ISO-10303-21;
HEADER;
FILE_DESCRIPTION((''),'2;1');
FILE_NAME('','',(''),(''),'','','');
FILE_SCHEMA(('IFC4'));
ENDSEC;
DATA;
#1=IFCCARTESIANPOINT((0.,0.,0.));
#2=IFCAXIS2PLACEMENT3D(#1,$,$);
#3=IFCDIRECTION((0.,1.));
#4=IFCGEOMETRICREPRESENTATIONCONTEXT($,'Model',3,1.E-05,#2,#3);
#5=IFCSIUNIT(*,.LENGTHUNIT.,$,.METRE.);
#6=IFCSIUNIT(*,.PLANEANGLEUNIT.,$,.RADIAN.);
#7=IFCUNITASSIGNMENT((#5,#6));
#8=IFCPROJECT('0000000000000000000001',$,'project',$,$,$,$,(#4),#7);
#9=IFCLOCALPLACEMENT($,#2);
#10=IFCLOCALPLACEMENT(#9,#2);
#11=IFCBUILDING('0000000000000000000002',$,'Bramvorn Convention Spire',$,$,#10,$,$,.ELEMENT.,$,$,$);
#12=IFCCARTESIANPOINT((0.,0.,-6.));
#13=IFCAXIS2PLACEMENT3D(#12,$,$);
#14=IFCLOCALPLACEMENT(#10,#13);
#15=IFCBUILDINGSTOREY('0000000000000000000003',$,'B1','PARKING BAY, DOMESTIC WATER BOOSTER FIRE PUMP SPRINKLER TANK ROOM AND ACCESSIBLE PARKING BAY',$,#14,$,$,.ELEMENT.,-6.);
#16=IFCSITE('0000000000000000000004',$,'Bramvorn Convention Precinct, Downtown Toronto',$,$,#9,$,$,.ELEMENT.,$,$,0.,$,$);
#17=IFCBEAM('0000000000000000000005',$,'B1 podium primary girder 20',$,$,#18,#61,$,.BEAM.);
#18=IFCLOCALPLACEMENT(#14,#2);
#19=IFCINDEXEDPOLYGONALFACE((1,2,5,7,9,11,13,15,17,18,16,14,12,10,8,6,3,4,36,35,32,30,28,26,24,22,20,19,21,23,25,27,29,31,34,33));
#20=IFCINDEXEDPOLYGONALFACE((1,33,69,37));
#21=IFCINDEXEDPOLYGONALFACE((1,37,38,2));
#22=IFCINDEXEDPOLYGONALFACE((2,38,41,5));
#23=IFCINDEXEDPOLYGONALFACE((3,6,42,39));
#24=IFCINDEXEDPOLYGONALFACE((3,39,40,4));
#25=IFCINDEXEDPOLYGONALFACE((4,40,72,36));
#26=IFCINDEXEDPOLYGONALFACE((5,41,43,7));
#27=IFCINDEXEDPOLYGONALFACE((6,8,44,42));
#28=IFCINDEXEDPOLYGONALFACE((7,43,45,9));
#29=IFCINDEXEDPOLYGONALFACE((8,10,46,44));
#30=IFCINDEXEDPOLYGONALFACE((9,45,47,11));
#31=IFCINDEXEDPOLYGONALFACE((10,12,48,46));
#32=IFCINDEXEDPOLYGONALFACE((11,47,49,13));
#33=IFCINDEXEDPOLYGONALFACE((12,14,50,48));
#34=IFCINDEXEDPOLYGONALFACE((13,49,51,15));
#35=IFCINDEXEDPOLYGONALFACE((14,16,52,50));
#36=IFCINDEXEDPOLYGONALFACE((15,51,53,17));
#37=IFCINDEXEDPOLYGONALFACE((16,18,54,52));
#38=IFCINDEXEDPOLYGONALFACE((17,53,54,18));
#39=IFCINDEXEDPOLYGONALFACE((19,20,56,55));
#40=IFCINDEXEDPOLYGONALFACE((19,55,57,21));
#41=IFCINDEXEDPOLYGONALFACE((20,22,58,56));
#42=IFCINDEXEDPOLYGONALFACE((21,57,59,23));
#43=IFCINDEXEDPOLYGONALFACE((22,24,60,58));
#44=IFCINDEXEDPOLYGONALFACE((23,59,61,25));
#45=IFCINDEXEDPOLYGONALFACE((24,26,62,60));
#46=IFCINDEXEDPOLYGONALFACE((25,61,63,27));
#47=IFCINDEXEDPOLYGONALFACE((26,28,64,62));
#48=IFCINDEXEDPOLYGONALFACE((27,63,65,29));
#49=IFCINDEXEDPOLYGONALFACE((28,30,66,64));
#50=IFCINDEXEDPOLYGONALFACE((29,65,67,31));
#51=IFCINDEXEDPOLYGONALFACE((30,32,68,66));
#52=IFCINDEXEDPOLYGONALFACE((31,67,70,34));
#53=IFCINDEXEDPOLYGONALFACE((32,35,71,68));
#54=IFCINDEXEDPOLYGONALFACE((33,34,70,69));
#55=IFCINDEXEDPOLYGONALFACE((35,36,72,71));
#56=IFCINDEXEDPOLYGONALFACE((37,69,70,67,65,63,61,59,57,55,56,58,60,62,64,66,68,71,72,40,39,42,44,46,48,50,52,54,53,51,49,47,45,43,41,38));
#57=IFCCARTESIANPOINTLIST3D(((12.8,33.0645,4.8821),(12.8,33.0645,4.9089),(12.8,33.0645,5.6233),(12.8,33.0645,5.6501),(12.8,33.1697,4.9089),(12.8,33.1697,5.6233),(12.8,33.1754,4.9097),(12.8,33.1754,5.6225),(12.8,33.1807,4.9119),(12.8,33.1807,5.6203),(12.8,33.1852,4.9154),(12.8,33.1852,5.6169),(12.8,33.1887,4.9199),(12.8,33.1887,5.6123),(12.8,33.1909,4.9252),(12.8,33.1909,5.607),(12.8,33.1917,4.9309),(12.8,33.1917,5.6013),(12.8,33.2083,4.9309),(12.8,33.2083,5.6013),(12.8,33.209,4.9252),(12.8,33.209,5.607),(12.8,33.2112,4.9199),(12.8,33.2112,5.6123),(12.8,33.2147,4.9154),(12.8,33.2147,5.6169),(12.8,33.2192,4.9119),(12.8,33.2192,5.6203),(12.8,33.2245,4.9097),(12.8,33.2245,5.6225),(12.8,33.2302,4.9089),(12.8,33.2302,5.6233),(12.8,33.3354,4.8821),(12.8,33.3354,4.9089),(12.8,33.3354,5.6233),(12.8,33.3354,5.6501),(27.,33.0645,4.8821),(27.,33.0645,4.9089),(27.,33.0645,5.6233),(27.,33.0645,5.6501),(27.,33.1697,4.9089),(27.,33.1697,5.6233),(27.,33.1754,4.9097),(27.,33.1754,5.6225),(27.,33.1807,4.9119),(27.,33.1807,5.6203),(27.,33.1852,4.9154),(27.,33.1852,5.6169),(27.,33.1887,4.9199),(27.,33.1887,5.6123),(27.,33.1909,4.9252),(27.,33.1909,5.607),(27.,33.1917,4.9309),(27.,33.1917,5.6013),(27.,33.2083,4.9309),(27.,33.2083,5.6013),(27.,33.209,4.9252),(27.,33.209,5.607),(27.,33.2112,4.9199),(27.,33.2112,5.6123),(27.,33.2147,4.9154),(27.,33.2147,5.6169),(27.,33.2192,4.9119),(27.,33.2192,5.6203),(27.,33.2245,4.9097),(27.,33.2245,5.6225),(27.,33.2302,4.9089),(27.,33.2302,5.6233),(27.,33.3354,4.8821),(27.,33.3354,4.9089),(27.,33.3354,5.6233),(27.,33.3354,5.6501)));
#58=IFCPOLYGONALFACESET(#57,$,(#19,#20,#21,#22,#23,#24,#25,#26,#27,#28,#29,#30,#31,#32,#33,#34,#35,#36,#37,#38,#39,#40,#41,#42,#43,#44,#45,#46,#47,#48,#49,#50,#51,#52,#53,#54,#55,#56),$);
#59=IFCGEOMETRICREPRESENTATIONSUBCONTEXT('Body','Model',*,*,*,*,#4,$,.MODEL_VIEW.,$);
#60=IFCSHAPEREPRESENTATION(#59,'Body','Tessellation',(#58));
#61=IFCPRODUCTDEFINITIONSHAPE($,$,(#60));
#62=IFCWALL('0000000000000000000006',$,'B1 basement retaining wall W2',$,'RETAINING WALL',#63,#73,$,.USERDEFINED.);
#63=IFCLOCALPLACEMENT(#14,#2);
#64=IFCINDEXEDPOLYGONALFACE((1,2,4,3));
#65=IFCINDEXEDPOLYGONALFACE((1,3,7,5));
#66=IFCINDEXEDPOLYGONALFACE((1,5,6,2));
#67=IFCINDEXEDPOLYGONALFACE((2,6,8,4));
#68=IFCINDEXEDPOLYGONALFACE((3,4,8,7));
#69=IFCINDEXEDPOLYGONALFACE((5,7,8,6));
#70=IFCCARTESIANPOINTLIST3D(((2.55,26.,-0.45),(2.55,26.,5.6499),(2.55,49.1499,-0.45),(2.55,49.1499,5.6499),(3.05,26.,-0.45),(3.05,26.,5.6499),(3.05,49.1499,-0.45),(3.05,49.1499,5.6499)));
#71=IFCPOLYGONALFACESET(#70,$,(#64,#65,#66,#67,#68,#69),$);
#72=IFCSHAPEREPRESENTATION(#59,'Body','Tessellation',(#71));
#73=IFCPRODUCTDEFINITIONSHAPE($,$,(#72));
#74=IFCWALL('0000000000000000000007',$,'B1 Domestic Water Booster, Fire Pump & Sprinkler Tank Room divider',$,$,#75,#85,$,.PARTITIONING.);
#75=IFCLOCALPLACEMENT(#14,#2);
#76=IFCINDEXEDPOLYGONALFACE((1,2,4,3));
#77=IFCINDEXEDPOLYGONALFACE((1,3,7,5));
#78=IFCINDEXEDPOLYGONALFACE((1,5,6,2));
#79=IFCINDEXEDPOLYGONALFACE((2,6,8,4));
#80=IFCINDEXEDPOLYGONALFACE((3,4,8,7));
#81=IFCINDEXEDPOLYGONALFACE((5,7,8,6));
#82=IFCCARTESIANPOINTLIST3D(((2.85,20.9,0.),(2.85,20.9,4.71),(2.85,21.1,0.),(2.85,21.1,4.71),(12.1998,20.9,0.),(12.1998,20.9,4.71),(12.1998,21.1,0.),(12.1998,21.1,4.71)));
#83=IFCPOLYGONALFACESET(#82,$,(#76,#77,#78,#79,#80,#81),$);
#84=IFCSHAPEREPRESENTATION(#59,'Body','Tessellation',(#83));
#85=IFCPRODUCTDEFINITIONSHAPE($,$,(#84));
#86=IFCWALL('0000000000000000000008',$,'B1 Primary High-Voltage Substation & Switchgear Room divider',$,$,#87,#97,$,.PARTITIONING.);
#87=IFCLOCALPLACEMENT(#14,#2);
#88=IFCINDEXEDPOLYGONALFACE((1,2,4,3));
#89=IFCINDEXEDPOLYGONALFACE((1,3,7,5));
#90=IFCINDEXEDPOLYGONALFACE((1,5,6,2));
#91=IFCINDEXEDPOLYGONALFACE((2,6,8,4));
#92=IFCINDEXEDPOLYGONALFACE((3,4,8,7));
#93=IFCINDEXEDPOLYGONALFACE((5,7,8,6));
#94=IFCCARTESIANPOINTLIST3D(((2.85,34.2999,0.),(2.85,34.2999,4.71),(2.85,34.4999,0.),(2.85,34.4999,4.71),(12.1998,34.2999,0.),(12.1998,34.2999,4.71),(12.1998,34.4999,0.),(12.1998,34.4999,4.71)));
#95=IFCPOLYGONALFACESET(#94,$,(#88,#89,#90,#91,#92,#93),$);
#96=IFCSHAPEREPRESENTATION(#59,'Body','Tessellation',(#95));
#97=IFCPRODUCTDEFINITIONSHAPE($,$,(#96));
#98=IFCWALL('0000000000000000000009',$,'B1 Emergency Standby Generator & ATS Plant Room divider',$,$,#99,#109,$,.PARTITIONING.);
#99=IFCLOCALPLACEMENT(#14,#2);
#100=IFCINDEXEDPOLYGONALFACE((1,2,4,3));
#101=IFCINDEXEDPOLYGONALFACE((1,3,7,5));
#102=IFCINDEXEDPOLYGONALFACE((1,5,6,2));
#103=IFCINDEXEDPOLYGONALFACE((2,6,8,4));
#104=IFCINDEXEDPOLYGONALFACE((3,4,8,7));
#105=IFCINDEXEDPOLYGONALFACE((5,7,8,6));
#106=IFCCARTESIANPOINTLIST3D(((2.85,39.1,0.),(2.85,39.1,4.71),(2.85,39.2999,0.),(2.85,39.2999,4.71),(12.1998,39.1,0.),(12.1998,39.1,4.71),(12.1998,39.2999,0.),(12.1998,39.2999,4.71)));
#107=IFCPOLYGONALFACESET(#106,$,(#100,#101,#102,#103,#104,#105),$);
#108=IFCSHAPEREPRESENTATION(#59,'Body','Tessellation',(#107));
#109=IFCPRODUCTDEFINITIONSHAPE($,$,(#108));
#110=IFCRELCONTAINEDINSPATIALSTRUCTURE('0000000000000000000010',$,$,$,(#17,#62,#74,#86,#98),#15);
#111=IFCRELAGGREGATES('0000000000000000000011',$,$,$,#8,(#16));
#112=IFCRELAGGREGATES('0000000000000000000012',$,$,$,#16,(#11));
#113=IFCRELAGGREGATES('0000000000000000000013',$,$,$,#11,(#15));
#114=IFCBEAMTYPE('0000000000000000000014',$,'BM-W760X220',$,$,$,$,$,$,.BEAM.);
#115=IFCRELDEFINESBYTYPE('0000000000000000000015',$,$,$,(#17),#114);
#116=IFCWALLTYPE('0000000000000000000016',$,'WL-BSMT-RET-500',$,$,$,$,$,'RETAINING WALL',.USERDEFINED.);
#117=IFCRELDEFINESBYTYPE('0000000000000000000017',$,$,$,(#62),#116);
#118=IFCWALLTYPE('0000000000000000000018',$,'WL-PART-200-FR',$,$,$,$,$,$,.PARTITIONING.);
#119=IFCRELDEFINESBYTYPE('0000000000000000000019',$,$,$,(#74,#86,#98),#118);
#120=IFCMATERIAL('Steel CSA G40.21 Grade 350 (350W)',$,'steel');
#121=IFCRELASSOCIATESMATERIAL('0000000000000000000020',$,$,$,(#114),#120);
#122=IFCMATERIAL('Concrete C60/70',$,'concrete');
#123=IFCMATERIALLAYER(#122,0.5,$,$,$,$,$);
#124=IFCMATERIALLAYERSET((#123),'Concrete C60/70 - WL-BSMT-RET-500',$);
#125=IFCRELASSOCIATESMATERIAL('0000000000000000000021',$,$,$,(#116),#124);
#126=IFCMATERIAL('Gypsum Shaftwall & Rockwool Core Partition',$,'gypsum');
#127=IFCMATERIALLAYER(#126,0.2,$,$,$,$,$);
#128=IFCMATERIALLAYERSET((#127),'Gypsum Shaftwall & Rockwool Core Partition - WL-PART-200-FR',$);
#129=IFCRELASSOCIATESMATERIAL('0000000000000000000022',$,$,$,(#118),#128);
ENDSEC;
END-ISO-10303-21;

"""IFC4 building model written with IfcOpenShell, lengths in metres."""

from ifc_helpers import new_model, si_unit, direction, frame, frame_2d, origin, origin_2d, place, context, subcontext, project, spatial, rectangle, i_section, extrude, material, layer, layer_set, material_profile, profile_set, type_object, element, save


model = new_model("IFC4")

# Units and contexts
model_context = context("Model", 3, precision=1e-05, world=origin(), true_north=direction((0.0, 1.0)))
body_context = subcontext(model_context, "Body", "Model", "MODEL_VIEW")
ifc_project = project(units=[si_unit("LENGTHUNIT", "METRE"), si_unit("PLANEANGLEUNIT", "RADIAN")], contexts=[model_context])

# Site, building, storey
site_placement = place(None, origin())
site = spatial("IfcSite", under=ifc_project, at=site_placement, Name="Bramvorn Convention Precinct, Downtown Toronto", CompositionType="ELEMENT", RefElevation=0.0)
building_placement = place(site_placement, origin())
building = spatial("IfcBuilding", under=site, at=building_placement, Name="Bramvorn Convention Spire", CompositionType="ELEMENT")
storey_placement = place(building_placement, frame((0.0, 0.0, -6.0)))
storey = spatial("IfcBuildingStorey", under=building, at=storey_placement, Name="B1", Description="PARKING BAY, DOMESTIC WATER BOOSTER FIRE PUMP SPRINKLER TANK ROOM AND ACCESSIBLE PARKING BAY", CompositionType="ELEMENT", Elevation=-6.0)

# Shared definitions
ifc_material_1 = material(Name="Concrete C60/70", Category="concrete")

# Shared definitions
ifc_material_2 = material(Name="Steel CSA G40.21 Grade 350 (350W)", Category="steel")

# Beam
ifc_material_profile_1 = material_profile(ifc_material_2, i_section(OverallWidth=0.271, OverallDepth=0.7681, WebThickness=0.0166, FlangeThickness=0.0269, FilletRadius=0.022, at=origin_2d()))
ifc_profile_set_1 = profile_set([ifc_material_profile_1], Name="Steel CSA G40.21 Grade 350 (350W) - W760X220")
beam_type_1 = type_object("IfcBeamType", Name="BM-W760X220", PredefinedType="BEAM", material=ifc_profile_set_1)
beam_1_placement = place(storey_placement, frame((12.8, 33.2, 5.2661), z_axis=(1.0, 0.0, 0.0), x_axis=(0.0, 1.0, 0.0)))
element("IfcBeam", 1, at=beam_1_placement, inside=storey, type_object=beam_type_1, Name="B1 podium primary girder 20", PredefinedType="BEAM", context=body_context, shape_type="SweptSolid", body=[
    extrude(i_section(OverallWidth=0.271, OverallDepth=0.7681, WebThickness=0.0166, FlangeThickness=0.0269, FilletRadius=0.022, at=origin_2d()), origin(), (0.0, 0.0, 1.0), 14.2),
])

# Walls
ifc_layer_1 = layer(ifc_material_1, 0.5)
ifc_layer_set_1 = layer_set([ifc_layer_1], Name="Concrete C60/70 - WL-BSMT-RET-500")
wall_type_1 = type_object("IfcWallType", Name="WL-BSMT-RET-500", ElementType="RETAINING WALL", PredefinedType="USERDEFINED", material=ifc_layer_set_1)
wall_placement = place(storey_placement, frame((2.8, 26.0, -0.45), z_axis=(0.0, 0.0, 1.0), x_axis=(0.0, 1.0, 0.0)))
element("IfcWall", 2, at=wall_placement, inside=storey, type_object=wall_type_1, Name="B1 basement retaining wall W2", ObjectType="RETAINING WALL", PredefinedType="USERDEFINED", context=body_context, shape_type="SweptSolid", body=[
    extrude(rectangle(XDim=23.1499, YDim=0.5, at=frame_2d((11.575, 0.0))), origin(), (0.0, 0.0, 1.0), 6.0999),
])
ifc_material_3 = material(Name="Gypsum Shaftwall & Rockwool Core Partition", Category="gypsum")
ifc_layer_2 = layer(ifc_material_3, 0.2)
ifc_layer_set_2 = layer_set([ifc_layer_2], Name="Gypsum Shaftwall & Rockwool Core Partition - WL-PART-200-FR")
wall_type_2 = type_object("IfcWallType", Name="WL-PART-200-FR", PredefinedType="PARTITIONING", material=ifc_layer_set_2)
for number, where, z_axis, x_axis, name in (
    (3, (2.8501, 21.0, 0.0), (0.0, 0.0, 1.0), (1.0, 0.0, 0.0), "B1 Domestic Water Booster, Fire Pump & Sprinkler Tank Room divider"),
    (4, (2.8501, 34.3999, 0.0), (0.0, 0.0, 1.0), (1.0, 0.0, 0.0), "B1 Primary High-Voltage Substation & Switchgear Room divider"),
    (5, (2.8501, 39.2, 0.0), (0.0, 0.0, 1.0), (1.0, 0.0, 0.0), "B1 Emergency Standby Generator & ATS Plant Room divider"),
):
    element("IfcWall", number, at=place(storey_placement, frame(where, z_axis=z_axis, x_axis=x_axis)), inside=storey, type_object=wall_type_2, Name=name, PredefinedType="PARTITIONING", context=body_context, shape_type="SweptSolid", body=[
        extrude(rectangle(XDim=9.3499, YDim=0.2, at=frame_2d((4.6748, 0.0))), origin(), (0.0, 0.0, 1.0), 4.71),
    ])

save(model, "model.ifc")
